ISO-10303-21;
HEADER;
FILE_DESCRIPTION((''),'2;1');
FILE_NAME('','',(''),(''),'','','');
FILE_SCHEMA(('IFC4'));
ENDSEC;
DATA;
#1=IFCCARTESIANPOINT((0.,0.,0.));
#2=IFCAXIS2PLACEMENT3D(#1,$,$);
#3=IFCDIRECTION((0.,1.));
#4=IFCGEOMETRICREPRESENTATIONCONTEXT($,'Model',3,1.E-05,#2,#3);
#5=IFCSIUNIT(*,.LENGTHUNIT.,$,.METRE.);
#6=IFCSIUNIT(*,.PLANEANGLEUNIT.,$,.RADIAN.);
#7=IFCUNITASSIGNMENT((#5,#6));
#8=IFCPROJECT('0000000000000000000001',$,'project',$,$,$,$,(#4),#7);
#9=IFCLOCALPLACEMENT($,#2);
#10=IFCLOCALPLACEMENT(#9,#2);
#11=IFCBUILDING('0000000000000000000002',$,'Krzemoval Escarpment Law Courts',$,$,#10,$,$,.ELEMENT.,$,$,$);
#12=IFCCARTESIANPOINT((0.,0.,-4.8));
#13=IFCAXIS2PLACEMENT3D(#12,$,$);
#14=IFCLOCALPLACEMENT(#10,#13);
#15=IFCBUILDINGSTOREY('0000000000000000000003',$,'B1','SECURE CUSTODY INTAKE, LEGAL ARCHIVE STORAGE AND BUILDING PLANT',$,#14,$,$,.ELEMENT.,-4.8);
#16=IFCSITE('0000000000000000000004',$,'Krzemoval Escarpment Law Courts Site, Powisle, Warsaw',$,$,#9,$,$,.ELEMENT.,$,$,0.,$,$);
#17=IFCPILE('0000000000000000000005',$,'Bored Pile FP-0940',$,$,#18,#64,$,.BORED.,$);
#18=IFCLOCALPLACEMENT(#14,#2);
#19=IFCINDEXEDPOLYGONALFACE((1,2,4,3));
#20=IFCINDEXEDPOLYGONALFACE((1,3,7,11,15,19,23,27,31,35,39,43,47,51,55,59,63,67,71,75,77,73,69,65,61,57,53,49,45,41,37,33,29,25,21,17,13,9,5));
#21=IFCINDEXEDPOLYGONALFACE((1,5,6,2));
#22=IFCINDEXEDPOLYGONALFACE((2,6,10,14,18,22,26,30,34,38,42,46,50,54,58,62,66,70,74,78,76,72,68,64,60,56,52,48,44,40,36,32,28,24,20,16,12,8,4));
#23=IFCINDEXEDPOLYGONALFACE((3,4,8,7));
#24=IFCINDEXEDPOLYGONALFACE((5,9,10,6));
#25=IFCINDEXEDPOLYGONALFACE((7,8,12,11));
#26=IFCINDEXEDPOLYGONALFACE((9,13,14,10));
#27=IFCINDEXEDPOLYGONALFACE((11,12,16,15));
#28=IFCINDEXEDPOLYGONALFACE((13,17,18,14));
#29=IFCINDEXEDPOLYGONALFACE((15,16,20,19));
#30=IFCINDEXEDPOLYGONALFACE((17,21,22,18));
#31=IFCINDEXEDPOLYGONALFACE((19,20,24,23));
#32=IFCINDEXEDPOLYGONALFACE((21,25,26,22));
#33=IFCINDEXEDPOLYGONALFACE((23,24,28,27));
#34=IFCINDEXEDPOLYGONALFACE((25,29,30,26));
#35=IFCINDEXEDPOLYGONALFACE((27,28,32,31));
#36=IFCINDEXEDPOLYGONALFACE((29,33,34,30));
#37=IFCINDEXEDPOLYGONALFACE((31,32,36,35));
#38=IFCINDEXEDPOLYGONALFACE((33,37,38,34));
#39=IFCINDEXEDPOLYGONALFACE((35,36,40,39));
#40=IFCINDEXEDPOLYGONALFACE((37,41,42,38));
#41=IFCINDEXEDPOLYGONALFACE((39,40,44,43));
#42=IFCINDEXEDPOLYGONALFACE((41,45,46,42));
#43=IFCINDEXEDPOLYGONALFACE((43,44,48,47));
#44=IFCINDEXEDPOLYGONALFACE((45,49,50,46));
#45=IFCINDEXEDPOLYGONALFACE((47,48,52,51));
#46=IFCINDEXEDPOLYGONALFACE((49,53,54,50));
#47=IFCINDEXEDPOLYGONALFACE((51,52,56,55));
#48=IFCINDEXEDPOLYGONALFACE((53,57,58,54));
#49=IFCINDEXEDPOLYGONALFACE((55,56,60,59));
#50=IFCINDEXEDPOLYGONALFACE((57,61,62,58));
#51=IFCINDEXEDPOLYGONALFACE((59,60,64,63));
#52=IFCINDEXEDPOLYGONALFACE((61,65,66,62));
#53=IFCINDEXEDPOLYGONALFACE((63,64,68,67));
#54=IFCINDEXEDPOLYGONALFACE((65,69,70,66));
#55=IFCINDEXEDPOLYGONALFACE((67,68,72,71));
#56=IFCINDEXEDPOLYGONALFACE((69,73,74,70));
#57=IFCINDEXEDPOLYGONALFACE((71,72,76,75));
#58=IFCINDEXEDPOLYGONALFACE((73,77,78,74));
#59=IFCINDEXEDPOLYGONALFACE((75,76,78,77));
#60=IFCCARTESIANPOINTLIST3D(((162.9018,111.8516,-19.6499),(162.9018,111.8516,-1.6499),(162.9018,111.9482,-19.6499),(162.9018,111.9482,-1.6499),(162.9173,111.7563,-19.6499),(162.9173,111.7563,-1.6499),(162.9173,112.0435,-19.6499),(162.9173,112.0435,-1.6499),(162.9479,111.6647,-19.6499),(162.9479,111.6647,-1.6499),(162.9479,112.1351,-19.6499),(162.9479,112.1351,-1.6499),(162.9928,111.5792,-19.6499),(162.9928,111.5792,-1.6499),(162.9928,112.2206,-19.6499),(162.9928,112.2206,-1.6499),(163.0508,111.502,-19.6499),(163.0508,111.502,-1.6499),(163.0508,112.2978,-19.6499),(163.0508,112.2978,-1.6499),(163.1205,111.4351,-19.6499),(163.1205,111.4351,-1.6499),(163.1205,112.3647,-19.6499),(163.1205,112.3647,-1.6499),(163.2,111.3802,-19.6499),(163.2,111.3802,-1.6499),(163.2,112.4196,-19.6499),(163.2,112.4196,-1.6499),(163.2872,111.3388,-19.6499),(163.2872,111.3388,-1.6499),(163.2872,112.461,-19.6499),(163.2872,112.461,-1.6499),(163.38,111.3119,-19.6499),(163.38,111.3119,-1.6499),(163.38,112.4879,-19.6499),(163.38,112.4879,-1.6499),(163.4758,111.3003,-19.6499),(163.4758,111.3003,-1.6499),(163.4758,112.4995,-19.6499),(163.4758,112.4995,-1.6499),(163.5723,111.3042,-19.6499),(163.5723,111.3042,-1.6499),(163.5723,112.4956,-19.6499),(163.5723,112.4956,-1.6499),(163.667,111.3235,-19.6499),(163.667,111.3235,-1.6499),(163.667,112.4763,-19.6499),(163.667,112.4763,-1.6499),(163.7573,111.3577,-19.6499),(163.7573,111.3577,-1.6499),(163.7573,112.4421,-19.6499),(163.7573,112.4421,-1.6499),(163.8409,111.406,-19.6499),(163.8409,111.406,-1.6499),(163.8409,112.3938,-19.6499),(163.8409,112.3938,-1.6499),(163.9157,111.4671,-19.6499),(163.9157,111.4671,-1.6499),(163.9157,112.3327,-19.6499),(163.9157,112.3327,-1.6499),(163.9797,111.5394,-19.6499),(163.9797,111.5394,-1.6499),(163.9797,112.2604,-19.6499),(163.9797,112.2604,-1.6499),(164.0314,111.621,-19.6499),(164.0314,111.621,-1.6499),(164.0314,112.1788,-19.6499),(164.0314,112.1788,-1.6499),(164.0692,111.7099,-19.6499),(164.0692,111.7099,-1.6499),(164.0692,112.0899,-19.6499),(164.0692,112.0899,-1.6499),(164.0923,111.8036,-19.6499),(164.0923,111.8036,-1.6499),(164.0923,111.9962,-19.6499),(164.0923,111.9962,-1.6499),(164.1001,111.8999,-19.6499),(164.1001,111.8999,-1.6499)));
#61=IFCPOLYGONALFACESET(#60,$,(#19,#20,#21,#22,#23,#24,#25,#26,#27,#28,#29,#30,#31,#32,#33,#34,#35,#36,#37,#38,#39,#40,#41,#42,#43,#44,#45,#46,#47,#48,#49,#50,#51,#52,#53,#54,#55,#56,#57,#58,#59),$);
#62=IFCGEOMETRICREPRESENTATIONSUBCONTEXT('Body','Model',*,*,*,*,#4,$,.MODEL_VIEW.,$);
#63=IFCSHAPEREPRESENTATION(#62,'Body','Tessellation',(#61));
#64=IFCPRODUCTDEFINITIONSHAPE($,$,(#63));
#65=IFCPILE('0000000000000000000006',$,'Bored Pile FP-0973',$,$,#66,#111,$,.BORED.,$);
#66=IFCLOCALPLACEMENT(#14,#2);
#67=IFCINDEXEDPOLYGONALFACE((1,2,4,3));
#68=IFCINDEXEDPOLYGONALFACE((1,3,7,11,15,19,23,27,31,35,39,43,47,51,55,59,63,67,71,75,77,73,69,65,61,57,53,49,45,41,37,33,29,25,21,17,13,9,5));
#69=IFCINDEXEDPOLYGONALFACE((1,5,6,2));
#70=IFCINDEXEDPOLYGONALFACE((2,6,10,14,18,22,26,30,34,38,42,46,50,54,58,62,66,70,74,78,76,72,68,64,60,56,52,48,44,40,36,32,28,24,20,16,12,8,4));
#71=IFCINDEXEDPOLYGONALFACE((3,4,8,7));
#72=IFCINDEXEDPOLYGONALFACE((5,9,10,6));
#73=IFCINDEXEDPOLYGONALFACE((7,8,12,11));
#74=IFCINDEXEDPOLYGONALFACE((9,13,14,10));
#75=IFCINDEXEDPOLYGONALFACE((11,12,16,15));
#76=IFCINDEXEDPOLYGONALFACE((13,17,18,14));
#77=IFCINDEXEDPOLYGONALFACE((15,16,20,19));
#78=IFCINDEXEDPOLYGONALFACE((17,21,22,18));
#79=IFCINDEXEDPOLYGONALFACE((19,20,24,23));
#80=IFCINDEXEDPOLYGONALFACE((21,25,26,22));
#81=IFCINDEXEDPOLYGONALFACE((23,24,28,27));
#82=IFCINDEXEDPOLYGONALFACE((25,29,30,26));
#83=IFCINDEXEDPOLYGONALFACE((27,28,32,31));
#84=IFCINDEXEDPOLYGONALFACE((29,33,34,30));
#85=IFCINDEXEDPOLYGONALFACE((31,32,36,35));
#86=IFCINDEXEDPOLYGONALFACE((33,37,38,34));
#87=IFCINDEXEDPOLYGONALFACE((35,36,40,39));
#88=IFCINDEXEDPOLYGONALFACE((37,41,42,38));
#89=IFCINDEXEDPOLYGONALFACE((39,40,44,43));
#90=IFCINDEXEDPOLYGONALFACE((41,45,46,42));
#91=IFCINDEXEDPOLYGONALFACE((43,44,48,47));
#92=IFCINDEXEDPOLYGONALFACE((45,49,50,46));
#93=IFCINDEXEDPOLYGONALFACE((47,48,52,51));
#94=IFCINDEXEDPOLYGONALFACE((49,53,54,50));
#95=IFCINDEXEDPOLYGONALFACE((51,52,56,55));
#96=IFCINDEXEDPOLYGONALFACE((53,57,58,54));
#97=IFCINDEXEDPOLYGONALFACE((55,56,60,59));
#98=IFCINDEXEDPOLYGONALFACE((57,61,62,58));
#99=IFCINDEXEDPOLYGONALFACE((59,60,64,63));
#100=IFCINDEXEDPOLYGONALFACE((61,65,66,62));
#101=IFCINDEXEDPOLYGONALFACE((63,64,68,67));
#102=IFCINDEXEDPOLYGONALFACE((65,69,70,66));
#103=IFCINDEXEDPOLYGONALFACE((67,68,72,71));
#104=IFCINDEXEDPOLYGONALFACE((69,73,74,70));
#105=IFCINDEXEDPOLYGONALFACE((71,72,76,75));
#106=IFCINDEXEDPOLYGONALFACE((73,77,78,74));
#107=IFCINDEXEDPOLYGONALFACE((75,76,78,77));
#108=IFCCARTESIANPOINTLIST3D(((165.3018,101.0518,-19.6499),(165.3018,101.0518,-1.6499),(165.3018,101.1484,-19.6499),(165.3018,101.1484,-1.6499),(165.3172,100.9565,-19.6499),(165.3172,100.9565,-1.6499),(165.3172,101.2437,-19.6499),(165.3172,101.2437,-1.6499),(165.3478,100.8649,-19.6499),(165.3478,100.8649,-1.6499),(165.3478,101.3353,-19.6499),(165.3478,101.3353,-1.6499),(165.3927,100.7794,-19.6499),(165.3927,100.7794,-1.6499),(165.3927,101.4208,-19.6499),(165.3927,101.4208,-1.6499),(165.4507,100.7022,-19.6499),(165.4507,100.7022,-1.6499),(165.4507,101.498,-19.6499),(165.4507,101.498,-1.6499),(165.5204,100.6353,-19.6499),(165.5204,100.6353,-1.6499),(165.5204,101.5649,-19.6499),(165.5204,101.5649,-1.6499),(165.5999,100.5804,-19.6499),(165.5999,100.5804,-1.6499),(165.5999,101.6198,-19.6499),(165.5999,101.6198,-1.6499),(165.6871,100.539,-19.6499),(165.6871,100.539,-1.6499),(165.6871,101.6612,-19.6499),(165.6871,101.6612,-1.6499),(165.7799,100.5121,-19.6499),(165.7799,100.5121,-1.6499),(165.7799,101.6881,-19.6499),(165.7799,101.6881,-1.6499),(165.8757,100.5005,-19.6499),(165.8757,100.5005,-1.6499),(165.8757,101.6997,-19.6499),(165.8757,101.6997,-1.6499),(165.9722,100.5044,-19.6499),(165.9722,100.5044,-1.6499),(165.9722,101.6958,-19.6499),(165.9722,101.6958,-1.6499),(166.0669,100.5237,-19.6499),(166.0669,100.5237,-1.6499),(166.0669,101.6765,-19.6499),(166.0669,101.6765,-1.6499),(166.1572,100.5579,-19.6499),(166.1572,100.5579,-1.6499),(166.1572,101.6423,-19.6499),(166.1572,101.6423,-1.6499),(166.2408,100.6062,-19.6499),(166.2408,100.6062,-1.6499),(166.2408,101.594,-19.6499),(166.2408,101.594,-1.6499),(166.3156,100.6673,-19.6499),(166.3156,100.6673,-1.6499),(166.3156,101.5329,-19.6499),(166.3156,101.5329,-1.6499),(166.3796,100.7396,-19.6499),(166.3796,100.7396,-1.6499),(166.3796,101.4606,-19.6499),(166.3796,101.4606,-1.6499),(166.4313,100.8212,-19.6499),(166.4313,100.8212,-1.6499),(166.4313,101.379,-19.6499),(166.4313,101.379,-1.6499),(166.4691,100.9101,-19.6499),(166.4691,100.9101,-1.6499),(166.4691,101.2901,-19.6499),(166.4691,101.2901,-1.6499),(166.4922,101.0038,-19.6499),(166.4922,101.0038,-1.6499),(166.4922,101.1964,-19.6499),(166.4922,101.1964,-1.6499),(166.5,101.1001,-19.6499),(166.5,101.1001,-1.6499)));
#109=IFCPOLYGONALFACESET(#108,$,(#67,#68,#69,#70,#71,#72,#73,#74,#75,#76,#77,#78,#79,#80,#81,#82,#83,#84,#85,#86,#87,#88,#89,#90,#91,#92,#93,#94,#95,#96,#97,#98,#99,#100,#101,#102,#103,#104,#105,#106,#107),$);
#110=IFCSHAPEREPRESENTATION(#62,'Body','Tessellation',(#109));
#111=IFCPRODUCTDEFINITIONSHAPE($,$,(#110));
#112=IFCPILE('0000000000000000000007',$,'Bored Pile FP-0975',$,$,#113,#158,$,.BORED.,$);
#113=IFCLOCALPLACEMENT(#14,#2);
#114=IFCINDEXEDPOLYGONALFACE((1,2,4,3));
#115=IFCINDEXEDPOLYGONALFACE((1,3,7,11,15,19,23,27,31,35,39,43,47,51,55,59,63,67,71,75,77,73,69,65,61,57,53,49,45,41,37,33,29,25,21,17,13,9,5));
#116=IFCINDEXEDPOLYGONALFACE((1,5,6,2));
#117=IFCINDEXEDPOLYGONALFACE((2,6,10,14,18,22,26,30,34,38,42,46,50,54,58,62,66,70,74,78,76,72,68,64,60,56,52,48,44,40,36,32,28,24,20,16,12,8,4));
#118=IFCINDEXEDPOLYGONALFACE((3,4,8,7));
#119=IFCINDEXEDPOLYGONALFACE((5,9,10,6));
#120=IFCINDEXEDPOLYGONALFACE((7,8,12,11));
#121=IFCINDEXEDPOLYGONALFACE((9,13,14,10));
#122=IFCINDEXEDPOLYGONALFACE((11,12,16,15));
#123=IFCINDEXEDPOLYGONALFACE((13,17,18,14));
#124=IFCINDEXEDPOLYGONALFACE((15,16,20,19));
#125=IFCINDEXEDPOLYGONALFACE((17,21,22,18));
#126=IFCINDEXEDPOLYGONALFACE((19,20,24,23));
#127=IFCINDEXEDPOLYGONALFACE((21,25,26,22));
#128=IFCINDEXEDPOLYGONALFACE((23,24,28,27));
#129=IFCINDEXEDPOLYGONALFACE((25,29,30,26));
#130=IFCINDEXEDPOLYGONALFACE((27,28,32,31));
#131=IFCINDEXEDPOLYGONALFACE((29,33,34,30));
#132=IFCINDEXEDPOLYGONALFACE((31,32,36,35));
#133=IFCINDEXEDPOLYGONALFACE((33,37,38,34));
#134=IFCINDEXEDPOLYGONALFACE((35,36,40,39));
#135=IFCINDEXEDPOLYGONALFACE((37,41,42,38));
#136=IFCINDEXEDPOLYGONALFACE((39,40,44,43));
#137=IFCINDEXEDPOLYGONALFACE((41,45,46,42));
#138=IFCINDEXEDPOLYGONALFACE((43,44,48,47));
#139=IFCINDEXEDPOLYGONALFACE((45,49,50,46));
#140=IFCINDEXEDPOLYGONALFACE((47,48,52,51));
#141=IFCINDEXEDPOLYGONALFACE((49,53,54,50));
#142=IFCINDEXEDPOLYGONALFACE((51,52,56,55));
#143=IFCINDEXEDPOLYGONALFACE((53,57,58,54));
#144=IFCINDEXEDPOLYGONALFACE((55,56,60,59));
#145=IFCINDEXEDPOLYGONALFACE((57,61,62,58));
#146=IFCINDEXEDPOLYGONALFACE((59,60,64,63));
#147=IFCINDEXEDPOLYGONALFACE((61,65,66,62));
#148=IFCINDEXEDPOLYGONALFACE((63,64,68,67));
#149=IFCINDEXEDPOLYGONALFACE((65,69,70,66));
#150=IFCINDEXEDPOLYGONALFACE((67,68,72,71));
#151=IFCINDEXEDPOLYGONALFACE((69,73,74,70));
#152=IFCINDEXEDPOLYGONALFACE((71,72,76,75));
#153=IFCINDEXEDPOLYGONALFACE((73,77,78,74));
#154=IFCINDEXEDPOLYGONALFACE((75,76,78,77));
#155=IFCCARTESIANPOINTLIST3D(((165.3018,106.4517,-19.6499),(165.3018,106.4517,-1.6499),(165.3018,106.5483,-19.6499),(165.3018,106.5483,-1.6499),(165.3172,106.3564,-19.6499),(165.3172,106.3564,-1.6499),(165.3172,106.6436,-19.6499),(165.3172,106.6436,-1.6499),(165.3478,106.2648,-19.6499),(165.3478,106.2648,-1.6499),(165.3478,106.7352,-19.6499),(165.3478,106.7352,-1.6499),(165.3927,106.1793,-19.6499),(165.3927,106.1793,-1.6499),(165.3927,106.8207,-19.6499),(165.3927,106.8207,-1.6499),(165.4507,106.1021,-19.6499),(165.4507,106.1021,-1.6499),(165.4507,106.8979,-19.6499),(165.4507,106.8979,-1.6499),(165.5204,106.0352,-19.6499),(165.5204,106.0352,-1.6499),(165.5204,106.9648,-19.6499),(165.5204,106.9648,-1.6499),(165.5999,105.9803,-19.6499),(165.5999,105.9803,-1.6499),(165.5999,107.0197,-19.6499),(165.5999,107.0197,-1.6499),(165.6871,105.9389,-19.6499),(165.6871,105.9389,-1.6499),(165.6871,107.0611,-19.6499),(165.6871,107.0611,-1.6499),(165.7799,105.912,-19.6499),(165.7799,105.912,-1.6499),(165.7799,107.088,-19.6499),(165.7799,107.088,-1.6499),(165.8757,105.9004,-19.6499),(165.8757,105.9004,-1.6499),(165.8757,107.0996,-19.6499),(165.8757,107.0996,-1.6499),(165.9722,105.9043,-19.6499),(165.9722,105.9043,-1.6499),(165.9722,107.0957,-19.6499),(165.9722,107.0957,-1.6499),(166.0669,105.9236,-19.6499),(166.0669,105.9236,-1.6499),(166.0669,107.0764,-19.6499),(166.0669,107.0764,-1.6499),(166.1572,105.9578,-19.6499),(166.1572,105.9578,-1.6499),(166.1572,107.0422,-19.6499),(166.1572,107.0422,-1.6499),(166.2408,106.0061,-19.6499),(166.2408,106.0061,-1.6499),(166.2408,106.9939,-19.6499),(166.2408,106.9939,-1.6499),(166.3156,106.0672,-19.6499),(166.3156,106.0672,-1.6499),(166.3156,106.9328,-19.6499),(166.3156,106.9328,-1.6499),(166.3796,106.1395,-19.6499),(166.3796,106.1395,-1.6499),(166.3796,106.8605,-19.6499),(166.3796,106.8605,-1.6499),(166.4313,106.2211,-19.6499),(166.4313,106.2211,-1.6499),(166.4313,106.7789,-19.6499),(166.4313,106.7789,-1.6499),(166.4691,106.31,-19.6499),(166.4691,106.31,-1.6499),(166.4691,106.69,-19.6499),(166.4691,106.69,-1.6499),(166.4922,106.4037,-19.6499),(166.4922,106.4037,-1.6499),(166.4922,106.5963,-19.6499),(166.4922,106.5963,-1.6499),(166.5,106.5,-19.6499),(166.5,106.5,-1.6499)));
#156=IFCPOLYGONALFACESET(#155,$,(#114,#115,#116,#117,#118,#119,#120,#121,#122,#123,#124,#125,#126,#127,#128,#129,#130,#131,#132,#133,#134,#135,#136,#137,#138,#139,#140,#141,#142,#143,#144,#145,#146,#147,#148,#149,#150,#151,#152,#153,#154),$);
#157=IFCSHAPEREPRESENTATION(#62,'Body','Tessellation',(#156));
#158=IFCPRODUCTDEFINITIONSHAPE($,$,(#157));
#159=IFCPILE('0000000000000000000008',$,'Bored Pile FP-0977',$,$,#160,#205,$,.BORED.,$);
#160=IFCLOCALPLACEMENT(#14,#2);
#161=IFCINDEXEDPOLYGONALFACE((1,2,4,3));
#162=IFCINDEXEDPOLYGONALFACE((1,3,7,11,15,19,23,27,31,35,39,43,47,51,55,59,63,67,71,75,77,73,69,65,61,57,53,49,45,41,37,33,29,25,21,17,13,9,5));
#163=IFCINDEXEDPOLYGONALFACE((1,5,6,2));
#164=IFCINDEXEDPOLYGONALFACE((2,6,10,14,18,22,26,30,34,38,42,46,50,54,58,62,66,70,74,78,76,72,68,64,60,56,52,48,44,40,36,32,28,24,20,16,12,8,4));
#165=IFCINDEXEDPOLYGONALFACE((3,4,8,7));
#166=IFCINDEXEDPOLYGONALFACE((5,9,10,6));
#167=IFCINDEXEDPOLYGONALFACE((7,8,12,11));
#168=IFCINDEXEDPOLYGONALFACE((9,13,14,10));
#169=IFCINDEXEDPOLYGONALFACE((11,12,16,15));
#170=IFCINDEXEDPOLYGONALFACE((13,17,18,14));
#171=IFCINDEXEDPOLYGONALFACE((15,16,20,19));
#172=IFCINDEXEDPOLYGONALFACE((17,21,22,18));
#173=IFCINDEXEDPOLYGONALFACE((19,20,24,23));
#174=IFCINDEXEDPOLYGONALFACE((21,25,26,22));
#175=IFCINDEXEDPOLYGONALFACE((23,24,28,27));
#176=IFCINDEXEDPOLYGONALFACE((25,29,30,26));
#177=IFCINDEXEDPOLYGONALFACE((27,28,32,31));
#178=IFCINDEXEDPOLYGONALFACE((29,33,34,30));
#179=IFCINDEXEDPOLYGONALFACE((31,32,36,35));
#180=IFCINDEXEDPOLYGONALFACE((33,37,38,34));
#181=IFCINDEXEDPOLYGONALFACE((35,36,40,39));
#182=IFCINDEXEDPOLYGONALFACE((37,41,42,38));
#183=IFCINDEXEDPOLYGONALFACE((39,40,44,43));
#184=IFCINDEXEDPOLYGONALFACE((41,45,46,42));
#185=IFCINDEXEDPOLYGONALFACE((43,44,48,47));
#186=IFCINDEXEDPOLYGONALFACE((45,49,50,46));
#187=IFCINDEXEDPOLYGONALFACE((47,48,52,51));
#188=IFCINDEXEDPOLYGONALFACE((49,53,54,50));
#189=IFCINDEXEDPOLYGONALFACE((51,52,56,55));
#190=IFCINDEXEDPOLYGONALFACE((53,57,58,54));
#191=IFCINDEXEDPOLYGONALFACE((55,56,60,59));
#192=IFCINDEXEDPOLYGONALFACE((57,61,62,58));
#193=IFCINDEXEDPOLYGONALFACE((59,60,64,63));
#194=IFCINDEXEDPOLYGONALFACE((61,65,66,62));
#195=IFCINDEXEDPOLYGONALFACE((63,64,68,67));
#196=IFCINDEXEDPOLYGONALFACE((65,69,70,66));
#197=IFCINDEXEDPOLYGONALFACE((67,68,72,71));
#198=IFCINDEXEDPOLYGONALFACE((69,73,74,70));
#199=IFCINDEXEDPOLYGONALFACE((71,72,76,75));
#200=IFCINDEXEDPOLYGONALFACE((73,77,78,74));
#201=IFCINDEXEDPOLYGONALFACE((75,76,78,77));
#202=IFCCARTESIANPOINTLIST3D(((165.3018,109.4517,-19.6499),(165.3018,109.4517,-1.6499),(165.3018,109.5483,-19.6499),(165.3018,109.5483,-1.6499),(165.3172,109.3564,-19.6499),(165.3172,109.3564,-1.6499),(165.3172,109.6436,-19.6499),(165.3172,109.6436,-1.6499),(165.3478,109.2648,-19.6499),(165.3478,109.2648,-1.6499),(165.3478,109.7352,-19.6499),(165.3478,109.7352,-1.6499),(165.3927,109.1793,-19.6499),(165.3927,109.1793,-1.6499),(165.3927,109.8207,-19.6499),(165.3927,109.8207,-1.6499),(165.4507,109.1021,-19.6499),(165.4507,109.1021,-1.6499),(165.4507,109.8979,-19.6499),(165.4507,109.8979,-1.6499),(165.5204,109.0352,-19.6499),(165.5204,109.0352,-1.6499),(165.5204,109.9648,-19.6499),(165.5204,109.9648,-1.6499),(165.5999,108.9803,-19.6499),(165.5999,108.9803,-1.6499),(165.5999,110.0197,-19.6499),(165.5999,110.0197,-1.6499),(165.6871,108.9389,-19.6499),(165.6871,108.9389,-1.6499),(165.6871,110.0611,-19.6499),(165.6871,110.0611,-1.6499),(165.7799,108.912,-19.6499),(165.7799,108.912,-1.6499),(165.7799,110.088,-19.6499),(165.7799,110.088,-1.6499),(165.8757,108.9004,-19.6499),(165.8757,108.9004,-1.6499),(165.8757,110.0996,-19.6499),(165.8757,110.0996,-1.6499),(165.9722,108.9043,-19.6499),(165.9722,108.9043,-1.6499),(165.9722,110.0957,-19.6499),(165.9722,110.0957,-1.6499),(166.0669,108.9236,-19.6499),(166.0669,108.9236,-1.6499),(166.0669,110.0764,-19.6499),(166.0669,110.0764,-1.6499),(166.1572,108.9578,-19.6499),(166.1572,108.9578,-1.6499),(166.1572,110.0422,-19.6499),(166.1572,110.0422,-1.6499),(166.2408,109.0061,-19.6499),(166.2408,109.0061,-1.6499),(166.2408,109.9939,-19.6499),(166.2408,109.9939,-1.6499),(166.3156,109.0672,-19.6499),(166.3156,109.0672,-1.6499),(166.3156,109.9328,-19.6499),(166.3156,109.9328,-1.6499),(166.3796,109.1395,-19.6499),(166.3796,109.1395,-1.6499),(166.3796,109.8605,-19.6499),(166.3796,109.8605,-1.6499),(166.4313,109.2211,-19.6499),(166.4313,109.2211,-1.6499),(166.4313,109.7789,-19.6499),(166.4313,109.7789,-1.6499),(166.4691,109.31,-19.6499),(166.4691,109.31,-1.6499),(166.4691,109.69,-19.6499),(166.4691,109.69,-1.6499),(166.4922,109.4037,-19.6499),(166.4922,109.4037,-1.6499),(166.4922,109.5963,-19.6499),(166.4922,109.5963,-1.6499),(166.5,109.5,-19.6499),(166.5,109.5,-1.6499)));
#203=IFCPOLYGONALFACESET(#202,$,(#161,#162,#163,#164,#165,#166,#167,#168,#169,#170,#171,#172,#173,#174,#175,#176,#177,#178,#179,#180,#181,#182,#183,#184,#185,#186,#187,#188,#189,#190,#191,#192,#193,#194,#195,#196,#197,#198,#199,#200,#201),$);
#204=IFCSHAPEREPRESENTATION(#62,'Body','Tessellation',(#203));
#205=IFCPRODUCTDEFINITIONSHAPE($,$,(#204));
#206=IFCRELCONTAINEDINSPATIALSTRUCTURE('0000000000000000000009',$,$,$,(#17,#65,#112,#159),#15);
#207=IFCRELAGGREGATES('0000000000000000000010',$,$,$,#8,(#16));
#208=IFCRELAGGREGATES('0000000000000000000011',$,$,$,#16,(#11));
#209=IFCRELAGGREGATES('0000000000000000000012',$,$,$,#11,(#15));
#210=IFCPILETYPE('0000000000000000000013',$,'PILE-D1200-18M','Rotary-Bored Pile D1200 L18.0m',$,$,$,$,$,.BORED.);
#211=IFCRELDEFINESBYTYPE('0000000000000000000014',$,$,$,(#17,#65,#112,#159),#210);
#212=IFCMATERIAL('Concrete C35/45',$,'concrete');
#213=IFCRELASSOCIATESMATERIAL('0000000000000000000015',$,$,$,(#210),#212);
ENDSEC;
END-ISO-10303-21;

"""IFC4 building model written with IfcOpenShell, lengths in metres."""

from ifc_helpers import new_model, si_unit, direction, frame, origin, origin_2d, place, context, subcontext, project, spatial, circle, extrude, material, material_profile, profile_set, type_object, element, save


model = new_model("IFC4")

# Units and contexts
model_context = context("Model", 3, precision=1e-05, world=origin(), true_north=direction((0.0, 1.0)))
body_context = subcontext(model_context, "Body", "Model", "MODEL_VIEW")
ifc_project = project(units=[si_unit("LENGTHUNIT", "METRE"), si_unit("PLANEANGLEUNIT", "RADIAN")], contexts=[model_context])

# Site, building, storey
site_placement = place(None, origin())
site = spatial("IfcSite", under=ifc_project, at=site_placement, Name="Krzemoval Escarpment Law Courts Site, Powisle, Warsaw", CompositionType="ELEMENT", RefElevation=0.0)
building_placement = place(site_placement, origin())
building = spatial("IfcBuilding", under=site, at=building_placement, Name="Krzemoval Escarpment Law Courts", CompositionType="ELEMENT")
storey_placement = place(building_placement, frame((0.0, 0.0, -4.8)))
storey = spatial("IfcBuildingStorey", under=building, at=storey_placement, Name="B1", Description="SECURE CUSTODY INTAKE, LEGAL ARCHIVE STORAGE AND BUILDING PLANT", CompositionType="ELEMENT", Elevation=-4.8)

# Piles
ifc_material_1 = material(Name="Concrete C35/45", Category="concrete")
ifc_material_profile_1 = material_profile(ifc_material_1, circle(Radius=0.6001, at=origin_2d()), Name="PILE D1200")
ifc_profile_set_1 = profile_set([ifc_material_profile_1], Name="Concrete C35/45")
pile_type = type_object("IfcPileType", Name="PILE-D1200-18M", Description="Rotary-Bored Pile D1200 L18.0m", PredefinedType="BORED", material=ifc_profile_set_1)
for number, where, z_axis, x_axis, name in (
    (1, (163.5, 111.8999, -1.6499), (0.0, 0.0, -1.0), (1.0, 0.0, 0.0), "Bored Pile FP-0940"),
    (2, (165.8999, 101.1001, -1.6499), (0.0, 0.0, -1.0), (1.0, 0.0, 0.0), "Bored Pile FP-0973"),
    (3, (165.8999, 106.5, -1.6499), (0.0, 0.0, -1.0), (1.0, 0.0, 0.0), "Bored Pile FP-0975"),
    (4, (165.8999, 109.5, -1.6499), (0.0, 0.0, -1.0), (1.0, 0.0, 0.0), "Bored Pile FP-0977"),
):
    element("IfcPile", number, at=place(storey_placement, frame(where, z_axis=z_axis, x_axis=x_axis)), inside=storey, type_object=pile_type, Name=name, PredefinedType="BORED", context=body_context, shape_type="SweptSolid", body=[
        extrude(circle(Radius=0.6001, at=origin_2d()), origin(), (0.0, 0.0, 1.0), 18.0),
    ])

save(model, "model.ifc")
